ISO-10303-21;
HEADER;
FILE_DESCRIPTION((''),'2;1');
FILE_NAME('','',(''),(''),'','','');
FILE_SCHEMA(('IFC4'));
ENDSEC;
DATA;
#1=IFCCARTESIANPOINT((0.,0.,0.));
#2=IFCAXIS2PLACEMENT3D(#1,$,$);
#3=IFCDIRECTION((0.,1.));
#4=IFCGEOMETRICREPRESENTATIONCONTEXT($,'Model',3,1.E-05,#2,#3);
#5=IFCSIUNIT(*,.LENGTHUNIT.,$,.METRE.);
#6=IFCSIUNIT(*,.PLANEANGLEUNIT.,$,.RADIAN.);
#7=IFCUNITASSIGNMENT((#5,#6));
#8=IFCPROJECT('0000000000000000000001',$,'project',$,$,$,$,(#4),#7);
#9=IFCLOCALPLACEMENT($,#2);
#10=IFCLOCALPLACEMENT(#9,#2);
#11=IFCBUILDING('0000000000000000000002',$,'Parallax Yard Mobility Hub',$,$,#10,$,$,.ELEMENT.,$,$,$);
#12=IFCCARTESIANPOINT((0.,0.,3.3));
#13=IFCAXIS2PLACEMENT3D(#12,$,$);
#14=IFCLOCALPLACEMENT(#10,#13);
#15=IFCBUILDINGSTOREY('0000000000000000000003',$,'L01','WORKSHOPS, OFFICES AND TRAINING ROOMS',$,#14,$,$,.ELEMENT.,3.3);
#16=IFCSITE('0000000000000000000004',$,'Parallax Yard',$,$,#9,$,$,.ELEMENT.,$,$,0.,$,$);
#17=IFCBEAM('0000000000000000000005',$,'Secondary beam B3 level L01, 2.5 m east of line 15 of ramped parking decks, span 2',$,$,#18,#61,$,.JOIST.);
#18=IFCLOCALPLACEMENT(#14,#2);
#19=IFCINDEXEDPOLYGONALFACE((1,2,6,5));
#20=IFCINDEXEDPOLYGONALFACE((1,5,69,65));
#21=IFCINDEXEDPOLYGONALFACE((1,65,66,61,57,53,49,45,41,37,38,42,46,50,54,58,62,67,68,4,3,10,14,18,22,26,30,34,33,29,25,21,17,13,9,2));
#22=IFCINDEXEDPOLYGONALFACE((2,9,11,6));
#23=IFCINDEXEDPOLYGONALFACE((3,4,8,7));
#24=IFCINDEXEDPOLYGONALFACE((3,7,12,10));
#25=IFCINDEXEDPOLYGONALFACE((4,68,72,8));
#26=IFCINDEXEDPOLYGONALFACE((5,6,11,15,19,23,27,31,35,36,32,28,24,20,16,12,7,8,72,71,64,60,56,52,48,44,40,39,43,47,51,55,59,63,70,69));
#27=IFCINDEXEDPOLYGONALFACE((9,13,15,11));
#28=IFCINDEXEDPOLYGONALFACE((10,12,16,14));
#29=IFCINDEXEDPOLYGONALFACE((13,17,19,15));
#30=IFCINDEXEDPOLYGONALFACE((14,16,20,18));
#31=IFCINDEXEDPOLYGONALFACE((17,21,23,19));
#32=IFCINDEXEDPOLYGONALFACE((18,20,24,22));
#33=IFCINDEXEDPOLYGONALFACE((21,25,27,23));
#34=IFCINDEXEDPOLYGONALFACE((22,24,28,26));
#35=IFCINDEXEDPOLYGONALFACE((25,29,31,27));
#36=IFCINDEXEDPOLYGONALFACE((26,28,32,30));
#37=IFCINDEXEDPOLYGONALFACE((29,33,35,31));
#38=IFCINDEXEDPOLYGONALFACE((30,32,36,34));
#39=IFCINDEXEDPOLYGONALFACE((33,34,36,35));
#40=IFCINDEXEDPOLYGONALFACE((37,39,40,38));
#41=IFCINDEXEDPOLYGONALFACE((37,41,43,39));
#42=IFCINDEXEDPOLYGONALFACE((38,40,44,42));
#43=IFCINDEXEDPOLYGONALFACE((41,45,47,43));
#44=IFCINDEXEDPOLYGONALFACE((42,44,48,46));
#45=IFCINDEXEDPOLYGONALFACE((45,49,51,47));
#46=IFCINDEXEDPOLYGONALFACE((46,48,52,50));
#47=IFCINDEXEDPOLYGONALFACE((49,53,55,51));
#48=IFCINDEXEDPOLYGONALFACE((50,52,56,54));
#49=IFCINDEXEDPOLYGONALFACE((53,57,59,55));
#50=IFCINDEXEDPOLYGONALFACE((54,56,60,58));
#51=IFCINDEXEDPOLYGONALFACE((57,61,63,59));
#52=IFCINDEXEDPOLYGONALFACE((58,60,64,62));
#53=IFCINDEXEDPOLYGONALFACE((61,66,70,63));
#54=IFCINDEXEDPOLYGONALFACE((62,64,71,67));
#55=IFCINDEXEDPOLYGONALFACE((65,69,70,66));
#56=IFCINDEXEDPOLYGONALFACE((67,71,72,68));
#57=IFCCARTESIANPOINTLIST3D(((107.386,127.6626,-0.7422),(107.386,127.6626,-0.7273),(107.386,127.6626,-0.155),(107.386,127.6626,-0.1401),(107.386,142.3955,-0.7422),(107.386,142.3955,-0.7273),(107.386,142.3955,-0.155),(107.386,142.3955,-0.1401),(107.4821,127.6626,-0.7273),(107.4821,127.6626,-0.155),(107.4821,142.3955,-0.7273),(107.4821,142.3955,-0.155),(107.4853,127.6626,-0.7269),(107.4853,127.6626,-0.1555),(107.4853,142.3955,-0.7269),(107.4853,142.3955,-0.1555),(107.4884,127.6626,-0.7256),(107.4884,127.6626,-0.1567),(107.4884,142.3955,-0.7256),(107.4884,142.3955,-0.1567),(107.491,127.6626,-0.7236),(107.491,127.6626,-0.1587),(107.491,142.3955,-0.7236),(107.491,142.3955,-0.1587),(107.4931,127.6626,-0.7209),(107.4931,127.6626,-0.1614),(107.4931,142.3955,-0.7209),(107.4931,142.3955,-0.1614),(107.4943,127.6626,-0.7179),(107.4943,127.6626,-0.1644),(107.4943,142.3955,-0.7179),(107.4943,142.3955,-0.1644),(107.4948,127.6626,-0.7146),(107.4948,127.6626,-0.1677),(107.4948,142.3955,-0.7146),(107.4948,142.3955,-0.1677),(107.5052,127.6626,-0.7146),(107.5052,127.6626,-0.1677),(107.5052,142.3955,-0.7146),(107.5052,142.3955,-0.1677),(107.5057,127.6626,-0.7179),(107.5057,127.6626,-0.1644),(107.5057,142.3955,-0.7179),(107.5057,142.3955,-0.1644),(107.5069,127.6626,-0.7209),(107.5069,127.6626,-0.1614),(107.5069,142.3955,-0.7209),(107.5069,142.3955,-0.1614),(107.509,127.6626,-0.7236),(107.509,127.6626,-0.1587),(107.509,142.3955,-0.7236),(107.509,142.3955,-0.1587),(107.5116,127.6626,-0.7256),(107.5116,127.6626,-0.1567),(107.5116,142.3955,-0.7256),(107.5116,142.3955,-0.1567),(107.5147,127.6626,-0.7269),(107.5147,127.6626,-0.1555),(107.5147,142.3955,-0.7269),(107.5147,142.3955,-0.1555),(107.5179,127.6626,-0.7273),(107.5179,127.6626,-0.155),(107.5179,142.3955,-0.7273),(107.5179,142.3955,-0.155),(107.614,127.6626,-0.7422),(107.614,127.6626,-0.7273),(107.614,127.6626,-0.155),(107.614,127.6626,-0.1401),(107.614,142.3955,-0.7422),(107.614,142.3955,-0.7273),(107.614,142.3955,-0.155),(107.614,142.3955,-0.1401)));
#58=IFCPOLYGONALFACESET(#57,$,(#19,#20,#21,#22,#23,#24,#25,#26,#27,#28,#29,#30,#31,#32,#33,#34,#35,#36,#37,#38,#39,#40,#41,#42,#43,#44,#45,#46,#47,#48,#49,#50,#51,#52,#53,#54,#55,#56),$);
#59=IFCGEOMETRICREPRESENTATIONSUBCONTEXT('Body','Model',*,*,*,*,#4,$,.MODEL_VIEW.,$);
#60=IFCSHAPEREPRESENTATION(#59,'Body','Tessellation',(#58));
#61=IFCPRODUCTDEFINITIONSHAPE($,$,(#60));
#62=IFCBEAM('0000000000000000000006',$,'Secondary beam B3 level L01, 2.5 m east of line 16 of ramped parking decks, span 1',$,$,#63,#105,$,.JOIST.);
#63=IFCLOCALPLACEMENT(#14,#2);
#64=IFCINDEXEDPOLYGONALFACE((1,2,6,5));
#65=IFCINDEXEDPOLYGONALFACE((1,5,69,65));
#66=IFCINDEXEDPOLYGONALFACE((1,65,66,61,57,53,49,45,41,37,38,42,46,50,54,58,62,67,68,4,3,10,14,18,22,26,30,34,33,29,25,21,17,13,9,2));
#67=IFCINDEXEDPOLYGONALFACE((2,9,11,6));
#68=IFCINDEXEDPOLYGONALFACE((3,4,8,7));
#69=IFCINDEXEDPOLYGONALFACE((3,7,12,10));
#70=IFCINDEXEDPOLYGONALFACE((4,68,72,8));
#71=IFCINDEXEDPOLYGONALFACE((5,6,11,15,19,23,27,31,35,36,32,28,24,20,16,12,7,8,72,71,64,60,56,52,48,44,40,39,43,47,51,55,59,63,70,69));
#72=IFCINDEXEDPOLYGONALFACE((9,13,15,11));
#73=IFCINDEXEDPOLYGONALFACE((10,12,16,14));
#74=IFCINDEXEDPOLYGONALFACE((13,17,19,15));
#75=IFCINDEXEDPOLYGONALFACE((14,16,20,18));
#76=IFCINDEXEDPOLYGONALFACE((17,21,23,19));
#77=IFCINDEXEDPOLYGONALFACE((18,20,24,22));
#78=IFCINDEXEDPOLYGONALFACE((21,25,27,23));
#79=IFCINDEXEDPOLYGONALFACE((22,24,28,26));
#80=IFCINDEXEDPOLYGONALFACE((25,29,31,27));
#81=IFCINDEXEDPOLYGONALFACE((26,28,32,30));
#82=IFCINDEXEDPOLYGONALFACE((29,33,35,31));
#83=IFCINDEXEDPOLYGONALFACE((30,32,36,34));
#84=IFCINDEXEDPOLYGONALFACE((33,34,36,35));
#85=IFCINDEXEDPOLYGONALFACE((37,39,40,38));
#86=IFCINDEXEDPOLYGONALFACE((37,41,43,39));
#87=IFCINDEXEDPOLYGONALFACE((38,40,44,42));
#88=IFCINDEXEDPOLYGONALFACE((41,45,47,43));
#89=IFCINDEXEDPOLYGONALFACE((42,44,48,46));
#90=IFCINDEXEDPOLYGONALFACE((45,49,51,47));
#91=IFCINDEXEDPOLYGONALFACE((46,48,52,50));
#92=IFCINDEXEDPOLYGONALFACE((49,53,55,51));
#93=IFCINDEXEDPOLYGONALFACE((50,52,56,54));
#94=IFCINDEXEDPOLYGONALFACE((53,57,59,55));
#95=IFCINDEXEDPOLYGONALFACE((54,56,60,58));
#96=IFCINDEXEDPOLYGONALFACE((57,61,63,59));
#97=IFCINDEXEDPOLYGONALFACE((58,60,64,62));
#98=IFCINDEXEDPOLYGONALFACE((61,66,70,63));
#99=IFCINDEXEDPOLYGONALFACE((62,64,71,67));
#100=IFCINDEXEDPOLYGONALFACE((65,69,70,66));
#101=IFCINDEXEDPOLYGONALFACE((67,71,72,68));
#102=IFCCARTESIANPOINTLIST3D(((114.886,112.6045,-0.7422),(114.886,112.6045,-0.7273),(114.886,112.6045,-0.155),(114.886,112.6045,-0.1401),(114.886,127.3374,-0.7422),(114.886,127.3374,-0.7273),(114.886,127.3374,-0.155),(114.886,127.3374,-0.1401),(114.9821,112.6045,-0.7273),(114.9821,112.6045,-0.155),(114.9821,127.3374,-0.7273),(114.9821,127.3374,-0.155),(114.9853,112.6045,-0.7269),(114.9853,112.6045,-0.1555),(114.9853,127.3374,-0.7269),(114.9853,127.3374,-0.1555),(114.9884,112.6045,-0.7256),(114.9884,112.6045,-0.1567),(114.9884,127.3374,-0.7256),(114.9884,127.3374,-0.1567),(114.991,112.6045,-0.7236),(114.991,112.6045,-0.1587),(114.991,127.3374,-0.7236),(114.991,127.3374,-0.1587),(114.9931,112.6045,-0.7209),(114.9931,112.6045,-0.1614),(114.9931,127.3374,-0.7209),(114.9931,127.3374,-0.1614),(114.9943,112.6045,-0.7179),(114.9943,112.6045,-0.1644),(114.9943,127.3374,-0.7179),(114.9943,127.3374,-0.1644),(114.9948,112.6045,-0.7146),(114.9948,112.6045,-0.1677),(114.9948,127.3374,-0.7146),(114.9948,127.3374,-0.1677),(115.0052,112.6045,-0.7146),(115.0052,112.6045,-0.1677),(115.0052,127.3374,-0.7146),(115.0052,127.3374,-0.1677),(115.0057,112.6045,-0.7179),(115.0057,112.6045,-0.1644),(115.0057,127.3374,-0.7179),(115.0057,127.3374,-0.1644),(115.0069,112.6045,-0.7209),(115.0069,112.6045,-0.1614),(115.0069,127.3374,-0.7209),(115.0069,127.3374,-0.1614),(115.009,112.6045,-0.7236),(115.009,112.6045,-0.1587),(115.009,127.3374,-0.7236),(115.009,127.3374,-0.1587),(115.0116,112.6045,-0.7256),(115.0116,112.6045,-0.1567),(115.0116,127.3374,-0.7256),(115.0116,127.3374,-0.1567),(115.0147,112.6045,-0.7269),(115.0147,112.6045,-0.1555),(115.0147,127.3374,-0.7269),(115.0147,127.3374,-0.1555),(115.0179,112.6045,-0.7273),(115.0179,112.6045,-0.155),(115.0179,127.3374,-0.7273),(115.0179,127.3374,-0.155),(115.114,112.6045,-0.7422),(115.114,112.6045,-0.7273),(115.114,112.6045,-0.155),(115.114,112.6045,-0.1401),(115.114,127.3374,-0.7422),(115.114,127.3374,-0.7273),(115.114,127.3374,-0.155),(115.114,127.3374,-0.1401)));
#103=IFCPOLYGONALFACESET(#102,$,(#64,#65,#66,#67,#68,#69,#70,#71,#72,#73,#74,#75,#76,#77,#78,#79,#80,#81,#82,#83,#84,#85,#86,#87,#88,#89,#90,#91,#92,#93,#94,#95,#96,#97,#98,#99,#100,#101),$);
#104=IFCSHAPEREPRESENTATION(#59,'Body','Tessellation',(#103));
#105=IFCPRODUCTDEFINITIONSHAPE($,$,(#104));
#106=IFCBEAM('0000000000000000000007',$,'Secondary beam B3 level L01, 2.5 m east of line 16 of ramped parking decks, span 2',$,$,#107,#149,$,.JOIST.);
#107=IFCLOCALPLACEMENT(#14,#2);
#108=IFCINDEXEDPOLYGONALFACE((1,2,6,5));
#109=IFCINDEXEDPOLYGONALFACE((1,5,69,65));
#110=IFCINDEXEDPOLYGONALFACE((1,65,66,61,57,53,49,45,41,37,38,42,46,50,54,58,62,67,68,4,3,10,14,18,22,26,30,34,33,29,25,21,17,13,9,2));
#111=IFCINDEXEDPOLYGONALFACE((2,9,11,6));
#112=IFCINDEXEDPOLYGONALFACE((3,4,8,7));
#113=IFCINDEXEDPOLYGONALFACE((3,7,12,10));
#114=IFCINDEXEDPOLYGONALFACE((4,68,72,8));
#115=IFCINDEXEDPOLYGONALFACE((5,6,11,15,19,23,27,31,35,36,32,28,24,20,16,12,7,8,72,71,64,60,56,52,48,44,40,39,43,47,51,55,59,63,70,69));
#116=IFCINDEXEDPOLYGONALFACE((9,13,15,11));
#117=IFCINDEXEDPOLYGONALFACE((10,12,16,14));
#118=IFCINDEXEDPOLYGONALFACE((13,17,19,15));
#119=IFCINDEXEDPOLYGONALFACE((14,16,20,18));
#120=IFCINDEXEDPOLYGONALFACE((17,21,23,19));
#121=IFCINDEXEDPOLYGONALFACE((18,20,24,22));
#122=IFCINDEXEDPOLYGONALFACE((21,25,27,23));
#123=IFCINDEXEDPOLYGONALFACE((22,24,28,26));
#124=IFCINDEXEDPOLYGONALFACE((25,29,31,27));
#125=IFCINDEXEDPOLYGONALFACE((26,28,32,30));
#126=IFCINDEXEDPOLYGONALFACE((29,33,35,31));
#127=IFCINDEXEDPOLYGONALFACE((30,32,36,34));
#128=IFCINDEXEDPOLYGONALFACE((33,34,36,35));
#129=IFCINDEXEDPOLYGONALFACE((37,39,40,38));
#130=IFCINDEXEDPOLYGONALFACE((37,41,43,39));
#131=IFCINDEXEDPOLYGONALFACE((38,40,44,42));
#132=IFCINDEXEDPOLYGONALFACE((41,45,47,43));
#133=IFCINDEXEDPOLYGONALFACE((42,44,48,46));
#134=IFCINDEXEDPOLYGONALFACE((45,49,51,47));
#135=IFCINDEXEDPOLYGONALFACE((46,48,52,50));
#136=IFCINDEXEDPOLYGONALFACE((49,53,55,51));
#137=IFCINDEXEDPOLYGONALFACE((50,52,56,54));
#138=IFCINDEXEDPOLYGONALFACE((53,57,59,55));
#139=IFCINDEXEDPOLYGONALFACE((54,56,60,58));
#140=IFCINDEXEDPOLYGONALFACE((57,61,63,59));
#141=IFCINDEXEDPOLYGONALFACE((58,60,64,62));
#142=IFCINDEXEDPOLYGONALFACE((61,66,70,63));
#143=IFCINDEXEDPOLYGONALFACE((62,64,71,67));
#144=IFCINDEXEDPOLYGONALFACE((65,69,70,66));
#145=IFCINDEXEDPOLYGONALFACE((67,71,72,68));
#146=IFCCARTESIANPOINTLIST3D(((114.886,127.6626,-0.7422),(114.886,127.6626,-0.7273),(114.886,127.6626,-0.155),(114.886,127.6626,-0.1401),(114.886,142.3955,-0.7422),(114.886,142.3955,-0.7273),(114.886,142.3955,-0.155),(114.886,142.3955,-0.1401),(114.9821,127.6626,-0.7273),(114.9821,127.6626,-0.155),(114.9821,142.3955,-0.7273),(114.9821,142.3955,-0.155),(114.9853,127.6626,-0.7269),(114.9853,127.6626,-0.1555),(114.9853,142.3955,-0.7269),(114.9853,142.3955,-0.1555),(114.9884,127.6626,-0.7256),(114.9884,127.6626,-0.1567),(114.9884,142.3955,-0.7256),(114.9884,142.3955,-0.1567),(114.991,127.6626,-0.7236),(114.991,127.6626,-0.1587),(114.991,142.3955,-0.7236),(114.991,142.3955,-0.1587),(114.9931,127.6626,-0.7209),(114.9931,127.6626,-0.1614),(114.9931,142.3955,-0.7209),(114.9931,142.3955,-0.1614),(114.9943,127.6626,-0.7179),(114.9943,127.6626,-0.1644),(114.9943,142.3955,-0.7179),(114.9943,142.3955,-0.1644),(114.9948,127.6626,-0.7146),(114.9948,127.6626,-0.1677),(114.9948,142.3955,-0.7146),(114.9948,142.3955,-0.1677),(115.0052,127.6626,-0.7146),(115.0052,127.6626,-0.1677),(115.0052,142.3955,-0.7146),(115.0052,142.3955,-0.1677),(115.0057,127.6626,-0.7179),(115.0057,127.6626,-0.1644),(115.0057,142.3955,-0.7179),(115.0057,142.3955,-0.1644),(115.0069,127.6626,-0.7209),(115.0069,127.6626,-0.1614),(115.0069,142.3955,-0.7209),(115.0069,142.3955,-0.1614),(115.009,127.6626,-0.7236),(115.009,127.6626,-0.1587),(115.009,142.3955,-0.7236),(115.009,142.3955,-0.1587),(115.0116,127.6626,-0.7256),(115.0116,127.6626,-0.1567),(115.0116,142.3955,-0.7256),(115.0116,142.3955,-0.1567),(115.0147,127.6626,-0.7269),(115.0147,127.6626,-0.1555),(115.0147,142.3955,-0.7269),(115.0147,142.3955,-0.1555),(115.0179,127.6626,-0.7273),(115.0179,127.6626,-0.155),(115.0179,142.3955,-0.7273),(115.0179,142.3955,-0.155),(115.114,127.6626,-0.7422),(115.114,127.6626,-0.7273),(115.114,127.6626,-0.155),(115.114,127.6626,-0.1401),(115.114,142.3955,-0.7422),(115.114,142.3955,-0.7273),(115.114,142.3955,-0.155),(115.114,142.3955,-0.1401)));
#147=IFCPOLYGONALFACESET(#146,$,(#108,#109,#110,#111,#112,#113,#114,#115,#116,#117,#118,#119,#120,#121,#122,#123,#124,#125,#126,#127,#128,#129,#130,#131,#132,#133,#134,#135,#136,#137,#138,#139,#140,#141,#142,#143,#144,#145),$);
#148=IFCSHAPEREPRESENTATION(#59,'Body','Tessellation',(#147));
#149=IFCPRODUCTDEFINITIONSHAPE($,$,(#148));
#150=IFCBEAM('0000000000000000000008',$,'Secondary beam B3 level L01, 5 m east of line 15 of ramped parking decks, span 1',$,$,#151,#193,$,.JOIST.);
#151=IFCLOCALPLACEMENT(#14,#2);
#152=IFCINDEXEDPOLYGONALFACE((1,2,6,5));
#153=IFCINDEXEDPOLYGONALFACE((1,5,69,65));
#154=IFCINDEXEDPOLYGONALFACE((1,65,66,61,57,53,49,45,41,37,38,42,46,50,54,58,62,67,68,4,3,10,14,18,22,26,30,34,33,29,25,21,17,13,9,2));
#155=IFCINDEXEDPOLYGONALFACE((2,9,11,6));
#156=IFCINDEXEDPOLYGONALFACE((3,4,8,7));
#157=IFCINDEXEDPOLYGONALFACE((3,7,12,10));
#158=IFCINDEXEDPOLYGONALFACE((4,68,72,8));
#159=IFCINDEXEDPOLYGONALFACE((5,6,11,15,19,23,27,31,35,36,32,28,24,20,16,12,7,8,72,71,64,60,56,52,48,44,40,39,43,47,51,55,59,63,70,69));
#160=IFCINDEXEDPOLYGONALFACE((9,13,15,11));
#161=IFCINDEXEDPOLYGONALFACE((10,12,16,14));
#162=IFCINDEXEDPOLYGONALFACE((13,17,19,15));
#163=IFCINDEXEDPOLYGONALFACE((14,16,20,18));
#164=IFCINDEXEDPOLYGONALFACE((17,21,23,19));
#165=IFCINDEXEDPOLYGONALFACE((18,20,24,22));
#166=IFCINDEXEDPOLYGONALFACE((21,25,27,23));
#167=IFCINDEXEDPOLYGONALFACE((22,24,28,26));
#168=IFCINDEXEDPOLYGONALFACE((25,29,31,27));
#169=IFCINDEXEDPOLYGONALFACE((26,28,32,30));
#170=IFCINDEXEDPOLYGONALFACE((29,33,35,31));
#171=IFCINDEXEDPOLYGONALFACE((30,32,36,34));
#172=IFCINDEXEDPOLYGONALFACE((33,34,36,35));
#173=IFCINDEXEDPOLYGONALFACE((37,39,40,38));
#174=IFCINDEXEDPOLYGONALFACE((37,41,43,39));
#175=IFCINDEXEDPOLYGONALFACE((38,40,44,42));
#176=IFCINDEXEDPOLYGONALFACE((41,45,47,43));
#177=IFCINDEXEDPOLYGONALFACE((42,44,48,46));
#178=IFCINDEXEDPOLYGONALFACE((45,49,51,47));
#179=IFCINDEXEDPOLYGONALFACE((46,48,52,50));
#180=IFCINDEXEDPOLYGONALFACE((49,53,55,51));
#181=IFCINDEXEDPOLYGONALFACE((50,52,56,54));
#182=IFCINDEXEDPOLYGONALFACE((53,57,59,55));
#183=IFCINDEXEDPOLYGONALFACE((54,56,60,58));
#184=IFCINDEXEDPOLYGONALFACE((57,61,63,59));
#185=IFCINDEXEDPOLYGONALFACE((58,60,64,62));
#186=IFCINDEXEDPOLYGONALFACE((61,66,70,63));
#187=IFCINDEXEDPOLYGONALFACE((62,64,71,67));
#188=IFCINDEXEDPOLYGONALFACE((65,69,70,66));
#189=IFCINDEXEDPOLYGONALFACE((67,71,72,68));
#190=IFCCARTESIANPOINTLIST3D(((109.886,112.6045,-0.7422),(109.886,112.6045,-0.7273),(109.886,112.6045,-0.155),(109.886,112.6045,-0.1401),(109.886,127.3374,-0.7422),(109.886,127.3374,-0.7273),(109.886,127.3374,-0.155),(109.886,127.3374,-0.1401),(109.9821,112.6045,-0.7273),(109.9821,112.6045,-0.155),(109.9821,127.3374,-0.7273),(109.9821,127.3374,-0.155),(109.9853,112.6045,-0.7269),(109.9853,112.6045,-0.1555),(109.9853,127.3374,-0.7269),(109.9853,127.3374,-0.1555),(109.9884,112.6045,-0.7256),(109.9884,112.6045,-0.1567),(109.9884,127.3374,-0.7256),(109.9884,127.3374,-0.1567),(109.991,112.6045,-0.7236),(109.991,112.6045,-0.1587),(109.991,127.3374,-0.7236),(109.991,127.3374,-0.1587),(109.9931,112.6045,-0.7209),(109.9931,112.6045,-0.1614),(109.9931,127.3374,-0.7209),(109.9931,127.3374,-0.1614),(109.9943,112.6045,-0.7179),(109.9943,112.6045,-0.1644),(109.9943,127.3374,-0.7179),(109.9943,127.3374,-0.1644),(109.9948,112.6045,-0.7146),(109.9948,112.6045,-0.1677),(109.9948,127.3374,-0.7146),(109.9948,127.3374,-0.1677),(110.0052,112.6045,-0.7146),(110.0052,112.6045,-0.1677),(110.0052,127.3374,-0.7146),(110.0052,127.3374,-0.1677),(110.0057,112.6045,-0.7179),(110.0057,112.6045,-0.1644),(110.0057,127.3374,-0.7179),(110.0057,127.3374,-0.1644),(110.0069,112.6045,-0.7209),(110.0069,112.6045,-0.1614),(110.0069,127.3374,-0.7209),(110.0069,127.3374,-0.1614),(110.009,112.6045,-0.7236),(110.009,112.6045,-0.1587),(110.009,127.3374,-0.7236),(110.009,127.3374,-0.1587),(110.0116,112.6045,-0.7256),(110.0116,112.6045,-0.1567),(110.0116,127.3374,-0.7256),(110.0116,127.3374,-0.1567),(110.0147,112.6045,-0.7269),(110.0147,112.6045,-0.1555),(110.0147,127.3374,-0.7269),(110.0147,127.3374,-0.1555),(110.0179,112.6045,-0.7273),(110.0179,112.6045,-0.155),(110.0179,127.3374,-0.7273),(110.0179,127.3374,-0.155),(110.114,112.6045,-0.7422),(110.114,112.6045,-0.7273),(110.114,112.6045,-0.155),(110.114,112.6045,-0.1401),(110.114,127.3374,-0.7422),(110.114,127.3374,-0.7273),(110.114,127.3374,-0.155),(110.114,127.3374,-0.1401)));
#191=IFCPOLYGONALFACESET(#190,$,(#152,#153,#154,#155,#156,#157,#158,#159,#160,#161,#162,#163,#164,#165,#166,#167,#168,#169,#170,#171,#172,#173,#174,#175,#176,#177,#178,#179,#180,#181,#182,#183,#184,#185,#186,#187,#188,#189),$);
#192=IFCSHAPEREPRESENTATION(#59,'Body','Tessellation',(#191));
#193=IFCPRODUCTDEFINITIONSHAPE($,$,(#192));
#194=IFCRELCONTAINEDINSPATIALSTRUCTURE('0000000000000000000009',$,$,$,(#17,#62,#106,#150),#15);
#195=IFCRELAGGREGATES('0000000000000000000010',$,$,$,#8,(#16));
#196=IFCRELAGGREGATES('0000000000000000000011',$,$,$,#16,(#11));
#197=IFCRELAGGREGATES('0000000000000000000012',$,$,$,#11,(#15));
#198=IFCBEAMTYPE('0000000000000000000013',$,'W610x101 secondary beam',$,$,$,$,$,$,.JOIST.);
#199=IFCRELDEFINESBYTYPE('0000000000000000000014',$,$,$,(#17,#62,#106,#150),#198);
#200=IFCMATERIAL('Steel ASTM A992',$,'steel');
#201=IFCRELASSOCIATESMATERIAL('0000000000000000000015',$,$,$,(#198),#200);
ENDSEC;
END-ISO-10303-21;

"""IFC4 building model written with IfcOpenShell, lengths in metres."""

from ifc_helpers import new_model, si_unit, direction, frame, origin, origin_2d, place, context, subcontext, project, spatial, i_section, extrude, material, material_profile, profile_set, type_object, element, save


model = new_model("IFC4")

# Units and contexts
model_context = context("Model", 3, precision=1e-05, world=origin(), true_north=direction((0.0, 1.0)))
body_context = subcontext(model_context, "Body", "Model", "MODEL_VIEW")
ifc_project = project(units=[si_unit("LENGTHUNIT", "METRE"), si_unit("PLANEANGLEUNIT", "RADIAN")], contexts=[model_context])

# Site, building, storey
site_placement = place(None, origin())
site = spatial("IfcSite", under=ifc_project, at=site_placement, Name="Parallax Yard", CompositionType="ELEMENT", RefElevation=0.0)
building_placement = place(site_placement, origin())
building = spatial("IfcBuilding", under=site, at=building_placement, Name="Parallax Yard Mobility Hub", CompositionType="ELEMENT")
storey_placement = place(building_placement, frame((0.0, 0.0, 3.3)))
storey = spatial("IfcBuildingStorey", under=building, at=storey_placement, Name="L01", Description="WORKSHOPS, OFFICES AND TRAINING ROOMS", CompositionType="ELEMENT", Elevation=3.3)

# Shared definitions
ifc_material_1 = material(Name="Steel ASTM A992", Category="steel")

# Beams
ifc_material_profile_1 = material_profile(ifc_material_1, i_section(OverallWidth=0.228, OverallDepth=0.6021, WebThickness=0.0105, FlangeThickness=0.0149, FilletRadius=0.0127, at=origin_2d()), Name="W610x101")
ifc_profile_set_1 = profile_set([ifc_material_profile_1], Name="Steel ASTM A992")
beam_type_1 = type_object("IfcBeamType", Name="W610x101 secondary beam", PredefinedType="JOIST", material=ifc_profile_set_1)
for number, where, z_axis, x_axis, name in (
    (1, (107.5, 127.6626, -0.4412), (0.0, 1.0, 0.0), (-1.0, 0.0, 0.0), "Secondary beam B3 level L01, 2.5 m east of line 15 of ramped parking decks, span 2"),
    (2, (115.0, 112.6045, -0.4412), (0.0, 1.0, 0.0), (-1.0, 0.0, 0.0), "Secondary beam B3 level L01, 2.5 m east of line 16 of ramped parking decks, span 1"),
    (3, (115.0, 127.6626, -0.4412), (0.0, 1.0, 0.0), (-1.0, 0.0, 0.0), "Secondary beam B3 level L01, 2.5 m east of line 16 of ramped parking decks, span 2"),
    (4, (110.0, 112.6045, -0.4412), (0.0, 1.0, 0.0), (-1.0, 0.0, 0.0), "Secondary beam B3 level L01, 5 m east of line 15 of ramped parking decks, span 1"),
):
    element("IfcBeam", number, at=place(storey_placement, frame(where, z_axis=z_axis, x_axis=x_axis)), inside=storey, type_object=beam_type_1, Name=name, PredefinedType="JOIST", context=body_context, shape_type="SweptSolid", body=[
        extrude(i_section(OverallWidth=0.228, OverallDepth=0.6021, WebThickness=0.0105, FlangeThickness=0.0149, FilletRadius=0.0127, at=origin_2d()), origin(), (0.0, 0.0, 1.0), 14.7329),
    ])

save(model, "model.ifc")
